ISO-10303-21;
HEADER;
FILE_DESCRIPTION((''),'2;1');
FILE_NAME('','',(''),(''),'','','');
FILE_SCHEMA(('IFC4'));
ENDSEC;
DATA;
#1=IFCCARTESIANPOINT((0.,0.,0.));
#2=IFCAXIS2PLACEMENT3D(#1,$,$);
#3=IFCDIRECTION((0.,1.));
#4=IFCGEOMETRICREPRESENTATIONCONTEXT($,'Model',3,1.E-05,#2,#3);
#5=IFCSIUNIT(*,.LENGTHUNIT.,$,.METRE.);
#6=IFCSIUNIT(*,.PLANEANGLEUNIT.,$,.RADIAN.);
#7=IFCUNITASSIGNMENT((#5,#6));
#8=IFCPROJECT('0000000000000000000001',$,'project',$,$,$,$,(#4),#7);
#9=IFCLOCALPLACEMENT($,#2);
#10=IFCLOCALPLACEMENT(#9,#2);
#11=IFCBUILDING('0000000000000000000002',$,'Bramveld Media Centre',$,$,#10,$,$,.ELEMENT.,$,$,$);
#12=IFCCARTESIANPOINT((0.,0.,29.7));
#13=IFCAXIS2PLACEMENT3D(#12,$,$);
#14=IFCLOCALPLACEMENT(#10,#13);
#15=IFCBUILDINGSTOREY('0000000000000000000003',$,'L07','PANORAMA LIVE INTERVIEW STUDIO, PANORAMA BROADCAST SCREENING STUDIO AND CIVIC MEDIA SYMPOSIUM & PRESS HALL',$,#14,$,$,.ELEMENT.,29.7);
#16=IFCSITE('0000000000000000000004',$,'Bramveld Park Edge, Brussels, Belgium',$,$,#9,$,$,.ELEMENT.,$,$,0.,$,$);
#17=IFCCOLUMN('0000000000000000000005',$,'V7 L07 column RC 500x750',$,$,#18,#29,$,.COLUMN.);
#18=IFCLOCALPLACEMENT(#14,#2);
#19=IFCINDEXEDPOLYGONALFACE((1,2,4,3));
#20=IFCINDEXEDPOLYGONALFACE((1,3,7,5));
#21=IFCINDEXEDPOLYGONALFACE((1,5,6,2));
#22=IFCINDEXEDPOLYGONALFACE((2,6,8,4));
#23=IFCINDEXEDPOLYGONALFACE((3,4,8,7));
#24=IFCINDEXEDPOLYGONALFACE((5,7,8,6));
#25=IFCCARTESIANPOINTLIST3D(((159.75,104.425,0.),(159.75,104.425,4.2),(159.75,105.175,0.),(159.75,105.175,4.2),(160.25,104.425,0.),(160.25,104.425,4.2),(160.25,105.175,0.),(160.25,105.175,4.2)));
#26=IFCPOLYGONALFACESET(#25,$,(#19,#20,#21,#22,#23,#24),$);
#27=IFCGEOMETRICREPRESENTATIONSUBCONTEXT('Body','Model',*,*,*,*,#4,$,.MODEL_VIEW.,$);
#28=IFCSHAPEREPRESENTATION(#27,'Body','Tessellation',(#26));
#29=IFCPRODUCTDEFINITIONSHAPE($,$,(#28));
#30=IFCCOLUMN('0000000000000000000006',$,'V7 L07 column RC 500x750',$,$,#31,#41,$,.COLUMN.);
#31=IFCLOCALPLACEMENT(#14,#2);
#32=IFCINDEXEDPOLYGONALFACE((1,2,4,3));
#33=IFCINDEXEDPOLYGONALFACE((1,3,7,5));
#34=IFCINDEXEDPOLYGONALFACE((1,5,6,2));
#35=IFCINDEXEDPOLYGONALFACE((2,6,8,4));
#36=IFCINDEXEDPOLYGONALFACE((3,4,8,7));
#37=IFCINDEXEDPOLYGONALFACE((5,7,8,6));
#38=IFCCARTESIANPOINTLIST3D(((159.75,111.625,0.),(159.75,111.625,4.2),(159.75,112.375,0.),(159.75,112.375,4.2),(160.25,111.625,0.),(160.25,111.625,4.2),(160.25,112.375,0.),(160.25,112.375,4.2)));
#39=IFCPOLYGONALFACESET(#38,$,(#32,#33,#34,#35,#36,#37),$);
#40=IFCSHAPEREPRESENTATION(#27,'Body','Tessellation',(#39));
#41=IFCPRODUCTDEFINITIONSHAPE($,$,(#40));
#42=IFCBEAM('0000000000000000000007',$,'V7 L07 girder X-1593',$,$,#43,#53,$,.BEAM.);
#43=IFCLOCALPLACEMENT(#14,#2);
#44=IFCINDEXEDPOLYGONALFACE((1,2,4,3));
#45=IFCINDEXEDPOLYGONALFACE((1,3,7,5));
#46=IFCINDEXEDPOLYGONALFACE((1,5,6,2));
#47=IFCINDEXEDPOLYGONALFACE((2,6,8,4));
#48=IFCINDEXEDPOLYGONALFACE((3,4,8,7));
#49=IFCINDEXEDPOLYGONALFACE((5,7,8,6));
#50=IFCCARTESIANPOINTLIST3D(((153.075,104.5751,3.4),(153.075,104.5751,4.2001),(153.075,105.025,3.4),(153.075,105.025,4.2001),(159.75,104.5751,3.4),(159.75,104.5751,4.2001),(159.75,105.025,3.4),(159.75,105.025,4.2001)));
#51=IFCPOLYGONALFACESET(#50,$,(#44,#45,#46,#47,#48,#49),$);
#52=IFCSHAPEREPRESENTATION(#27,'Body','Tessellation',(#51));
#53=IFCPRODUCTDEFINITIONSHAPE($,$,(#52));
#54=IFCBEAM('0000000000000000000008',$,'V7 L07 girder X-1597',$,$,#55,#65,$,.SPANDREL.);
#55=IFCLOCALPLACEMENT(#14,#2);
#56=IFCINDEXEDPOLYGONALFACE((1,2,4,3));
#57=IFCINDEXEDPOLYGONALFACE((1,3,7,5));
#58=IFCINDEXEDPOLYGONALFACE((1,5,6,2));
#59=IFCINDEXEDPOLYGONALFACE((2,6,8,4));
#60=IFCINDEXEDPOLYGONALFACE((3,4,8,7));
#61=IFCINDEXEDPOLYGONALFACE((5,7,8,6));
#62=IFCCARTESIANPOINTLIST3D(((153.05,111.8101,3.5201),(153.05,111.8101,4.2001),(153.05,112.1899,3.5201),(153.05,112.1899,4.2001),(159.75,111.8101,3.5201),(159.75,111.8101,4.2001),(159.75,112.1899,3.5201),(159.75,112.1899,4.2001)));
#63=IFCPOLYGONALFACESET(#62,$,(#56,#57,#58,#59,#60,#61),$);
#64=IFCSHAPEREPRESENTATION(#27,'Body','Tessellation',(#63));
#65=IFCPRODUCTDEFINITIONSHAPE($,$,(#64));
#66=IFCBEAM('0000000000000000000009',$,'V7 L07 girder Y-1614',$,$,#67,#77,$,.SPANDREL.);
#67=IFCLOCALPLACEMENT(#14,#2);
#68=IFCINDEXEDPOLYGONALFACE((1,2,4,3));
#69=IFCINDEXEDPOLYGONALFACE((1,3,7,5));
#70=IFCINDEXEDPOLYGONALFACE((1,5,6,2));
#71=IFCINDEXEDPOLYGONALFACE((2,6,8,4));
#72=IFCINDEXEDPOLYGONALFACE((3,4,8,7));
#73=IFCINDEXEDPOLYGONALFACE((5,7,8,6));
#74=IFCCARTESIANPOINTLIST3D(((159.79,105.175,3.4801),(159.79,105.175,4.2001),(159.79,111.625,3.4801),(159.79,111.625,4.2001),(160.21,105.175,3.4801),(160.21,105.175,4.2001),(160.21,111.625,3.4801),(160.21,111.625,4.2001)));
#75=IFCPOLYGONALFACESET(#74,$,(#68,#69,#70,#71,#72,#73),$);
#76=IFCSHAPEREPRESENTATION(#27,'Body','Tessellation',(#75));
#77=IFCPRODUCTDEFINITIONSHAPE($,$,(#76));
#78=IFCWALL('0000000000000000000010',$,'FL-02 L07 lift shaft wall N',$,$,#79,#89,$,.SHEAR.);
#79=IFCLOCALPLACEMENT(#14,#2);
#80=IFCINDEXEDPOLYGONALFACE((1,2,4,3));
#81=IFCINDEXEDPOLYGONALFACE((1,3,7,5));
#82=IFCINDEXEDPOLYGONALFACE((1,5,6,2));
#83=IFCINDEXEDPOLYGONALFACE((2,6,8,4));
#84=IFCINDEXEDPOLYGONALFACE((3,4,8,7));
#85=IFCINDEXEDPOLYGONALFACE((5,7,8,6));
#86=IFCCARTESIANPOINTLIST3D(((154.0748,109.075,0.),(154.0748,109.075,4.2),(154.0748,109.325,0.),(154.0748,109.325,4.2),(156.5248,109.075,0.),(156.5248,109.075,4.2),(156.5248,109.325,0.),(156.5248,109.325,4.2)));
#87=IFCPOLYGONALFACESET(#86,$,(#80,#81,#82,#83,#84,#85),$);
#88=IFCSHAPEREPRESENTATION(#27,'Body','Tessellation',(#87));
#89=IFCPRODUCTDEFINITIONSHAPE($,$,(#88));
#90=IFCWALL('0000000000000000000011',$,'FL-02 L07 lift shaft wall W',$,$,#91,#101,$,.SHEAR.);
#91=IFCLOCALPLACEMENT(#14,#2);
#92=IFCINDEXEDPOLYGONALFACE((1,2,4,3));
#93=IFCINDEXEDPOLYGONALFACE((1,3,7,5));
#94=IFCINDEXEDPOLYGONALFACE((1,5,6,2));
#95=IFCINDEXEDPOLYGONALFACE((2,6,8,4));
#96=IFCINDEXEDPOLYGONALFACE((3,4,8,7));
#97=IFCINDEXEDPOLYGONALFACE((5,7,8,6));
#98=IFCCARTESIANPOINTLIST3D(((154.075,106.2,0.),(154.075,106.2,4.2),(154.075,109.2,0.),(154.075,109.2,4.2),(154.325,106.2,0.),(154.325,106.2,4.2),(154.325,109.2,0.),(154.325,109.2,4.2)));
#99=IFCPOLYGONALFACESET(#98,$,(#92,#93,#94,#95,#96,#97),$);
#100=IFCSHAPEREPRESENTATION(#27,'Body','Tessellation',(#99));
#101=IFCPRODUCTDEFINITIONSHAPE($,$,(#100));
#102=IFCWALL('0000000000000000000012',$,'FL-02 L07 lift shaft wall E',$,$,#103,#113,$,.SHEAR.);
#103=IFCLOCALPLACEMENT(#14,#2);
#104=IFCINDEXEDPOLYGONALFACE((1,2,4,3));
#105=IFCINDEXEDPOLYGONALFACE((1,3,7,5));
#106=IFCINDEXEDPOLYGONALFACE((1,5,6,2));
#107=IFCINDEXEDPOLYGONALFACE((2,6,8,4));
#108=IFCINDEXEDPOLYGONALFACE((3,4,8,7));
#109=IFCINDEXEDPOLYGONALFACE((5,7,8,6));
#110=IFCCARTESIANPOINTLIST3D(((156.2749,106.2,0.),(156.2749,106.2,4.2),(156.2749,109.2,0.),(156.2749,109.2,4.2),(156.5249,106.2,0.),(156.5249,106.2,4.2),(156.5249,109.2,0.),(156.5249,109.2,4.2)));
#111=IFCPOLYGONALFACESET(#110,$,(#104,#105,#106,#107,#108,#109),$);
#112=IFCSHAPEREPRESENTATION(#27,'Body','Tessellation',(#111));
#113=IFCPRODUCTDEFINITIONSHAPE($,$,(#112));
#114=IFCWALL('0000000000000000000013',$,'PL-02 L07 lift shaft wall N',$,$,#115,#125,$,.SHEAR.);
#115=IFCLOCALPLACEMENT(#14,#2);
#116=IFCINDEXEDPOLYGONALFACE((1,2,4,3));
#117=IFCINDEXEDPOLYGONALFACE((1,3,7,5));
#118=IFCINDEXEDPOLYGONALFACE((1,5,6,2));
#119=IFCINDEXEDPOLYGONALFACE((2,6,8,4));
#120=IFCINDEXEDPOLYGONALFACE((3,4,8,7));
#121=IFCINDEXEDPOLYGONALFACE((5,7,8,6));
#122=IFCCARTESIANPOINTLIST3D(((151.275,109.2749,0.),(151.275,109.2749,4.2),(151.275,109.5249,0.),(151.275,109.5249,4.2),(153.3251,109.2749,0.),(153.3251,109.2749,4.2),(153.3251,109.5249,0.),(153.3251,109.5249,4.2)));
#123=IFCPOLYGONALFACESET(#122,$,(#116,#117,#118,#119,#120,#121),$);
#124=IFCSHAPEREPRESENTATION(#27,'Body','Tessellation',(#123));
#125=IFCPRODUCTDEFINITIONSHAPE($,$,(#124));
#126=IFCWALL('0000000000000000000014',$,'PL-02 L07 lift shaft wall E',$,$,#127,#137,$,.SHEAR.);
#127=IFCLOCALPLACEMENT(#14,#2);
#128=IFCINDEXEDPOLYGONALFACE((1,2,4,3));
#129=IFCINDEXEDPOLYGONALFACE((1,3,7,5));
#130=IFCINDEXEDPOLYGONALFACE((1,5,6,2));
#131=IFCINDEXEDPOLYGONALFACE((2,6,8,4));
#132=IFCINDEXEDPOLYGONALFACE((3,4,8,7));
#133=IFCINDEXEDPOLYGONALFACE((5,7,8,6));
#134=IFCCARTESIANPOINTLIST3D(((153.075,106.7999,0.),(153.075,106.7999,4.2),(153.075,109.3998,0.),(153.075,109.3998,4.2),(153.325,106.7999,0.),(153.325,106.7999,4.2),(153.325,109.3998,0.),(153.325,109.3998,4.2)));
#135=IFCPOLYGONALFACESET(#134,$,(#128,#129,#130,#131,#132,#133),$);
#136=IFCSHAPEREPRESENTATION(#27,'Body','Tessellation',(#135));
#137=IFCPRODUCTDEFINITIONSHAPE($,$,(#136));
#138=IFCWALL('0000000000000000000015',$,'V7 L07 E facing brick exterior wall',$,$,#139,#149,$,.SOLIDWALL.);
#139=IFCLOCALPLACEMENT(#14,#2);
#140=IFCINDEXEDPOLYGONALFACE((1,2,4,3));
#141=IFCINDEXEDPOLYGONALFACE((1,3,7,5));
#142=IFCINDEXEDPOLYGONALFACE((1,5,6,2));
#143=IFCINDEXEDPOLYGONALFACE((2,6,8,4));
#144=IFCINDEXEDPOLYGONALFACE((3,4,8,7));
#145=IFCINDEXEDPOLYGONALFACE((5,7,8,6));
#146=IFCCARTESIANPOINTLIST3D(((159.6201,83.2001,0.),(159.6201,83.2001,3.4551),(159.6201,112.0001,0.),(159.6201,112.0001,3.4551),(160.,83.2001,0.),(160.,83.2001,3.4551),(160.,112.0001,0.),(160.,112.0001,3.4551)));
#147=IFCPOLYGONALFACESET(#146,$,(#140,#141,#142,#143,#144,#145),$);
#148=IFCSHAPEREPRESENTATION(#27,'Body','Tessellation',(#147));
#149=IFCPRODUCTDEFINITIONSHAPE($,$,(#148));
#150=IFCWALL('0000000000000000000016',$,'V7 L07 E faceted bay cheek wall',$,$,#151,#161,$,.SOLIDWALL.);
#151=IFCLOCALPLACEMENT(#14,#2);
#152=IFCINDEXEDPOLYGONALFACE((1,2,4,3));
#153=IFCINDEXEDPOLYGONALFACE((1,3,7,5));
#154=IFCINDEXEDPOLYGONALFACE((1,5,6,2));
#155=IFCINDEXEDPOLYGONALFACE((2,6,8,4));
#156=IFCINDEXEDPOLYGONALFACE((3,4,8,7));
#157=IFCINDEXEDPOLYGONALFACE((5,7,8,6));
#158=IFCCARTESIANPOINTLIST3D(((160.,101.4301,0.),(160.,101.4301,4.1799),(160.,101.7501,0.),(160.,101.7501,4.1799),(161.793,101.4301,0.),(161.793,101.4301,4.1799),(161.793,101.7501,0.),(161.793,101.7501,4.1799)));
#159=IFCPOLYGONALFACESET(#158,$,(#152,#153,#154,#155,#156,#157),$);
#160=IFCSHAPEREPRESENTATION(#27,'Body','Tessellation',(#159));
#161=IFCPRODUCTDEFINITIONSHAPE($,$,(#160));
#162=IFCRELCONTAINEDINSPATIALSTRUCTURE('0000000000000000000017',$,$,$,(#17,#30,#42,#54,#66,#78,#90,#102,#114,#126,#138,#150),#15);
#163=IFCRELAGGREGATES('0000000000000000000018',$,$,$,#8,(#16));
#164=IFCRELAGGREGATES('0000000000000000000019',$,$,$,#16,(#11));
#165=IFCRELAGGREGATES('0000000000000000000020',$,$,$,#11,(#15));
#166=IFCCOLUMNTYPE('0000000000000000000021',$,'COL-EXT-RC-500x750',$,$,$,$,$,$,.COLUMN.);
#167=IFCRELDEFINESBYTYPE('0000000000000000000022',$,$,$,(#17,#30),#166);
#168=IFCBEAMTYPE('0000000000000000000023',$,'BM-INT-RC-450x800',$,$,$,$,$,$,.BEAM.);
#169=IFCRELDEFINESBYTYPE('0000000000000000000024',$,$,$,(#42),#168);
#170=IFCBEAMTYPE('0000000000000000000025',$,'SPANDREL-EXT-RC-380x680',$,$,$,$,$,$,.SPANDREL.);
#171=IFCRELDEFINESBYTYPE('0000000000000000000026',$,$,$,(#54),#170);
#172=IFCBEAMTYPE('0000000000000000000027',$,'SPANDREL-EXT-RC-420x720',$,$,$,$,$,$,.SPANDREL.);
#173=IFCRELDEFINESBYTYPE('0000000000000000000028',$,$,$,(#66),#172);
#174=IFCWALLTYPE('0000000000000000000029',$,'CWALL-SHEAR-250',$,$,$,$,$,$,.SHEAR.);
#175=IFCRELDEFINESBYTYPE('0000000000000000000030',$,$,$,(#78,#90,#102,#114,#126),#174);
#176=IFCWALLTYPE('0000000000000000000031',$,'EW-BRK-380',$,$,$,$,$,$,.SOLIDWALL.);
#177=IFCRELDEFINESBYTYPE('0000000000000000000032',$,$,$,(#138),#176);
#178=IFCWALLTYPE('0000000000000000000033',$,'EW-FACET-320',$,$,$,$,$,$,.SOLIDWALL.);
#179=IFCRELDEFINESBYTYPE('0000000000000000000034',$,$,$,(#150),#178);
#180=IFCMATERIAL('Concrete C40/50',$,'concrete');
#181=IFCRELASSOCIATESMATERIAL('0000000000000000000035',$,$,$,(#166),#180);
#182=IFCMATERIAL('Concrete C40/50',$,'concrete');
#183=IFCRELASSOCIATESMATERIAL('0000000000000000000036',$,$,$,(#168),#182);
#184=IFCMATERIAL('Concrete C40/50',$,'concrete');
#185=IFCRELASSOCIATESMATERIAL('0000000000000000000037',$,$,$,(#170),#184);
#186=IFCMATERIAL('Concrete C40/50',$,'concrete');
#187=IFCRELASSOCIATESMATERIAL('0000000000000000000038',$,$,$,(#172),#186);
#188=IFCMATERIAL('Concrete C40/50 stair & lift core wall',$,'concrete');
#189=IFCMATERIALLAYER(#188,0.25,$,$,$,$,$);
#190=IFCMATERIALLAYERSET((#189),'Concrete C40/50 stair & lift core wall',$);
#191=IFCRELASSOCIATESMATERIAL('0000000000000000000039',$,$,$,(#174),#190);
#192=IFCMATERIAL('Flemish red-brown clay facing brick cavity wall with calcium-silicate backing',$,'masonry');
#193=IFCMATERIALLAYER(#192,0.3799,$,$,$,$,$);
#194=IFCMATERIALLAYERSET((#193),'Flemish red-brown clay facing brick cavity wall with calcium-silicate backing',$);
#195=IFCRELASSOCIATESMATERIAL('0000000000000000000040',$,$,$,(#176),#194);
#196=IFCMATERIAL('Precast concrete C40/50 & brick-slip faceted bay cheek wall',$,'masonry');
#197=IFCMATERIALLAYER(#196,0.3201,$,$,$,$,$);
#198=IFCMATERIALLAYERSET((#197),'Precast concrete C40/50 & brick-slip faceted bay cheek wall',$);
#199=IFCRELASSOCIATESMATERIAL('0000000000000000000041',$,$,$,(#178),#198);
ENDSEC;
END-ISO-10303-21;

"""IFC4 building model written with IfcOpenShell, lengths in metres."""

from ifc_helpers import new_model, si_unit, direction, frame, frame_2d, origin, origin_2d, place, context, subcontext, project, spatial, rectangle, extrude, material, layer, layer_set, material_profile, profile_set, type_object, element, save


model = new_model("IFC4")

# Units and contexts
model_context = context("Model", 3, precision=1e-05, world=origin(), true_north=direction((0.0, 1.0)))
body_context = subcontext(model_context, "Body", "Model", "MODEL_VIEW")
ifc_project = project(units=[si_unit("LENGTHUNIT", "METRE"), si_unit("PLANEANGLEUNIT", "RADIAN")], contexts=[model_context])

# Site, building, storey
site_placement = place(None, origin())
site = spatial("IfcSite", under=ifc_project, at=site_placement, Name="Bramveld Park Edge, Brussels, Belgium", CompositionType="ELEMENT", RefElevation=0.0)
building_placement = place(site_placement, origin())
building = spatial("IfcBuilding", under=site, at=building_placement, Name="Bramveld Media Centre", CompositionType="ELEMENT")
storey_placement = place(building_placement, frame((0.0, 0.0, 29.7)))
storey = spatial("IfcBuildingStorey", under=building, at=storey_placement, Name="L07", Description="PANORAMA LIVE INTERVIEW STUDIO, PANORAMA BROADCAST SCREENING STUDIO AND CIVIC MEDIA SYMPOSIUM & PRESS HALL", CompositionType="ELEMENT", Elevation=29.7)

# Columns
ifc_material_1 = material(Name="Concrete C40/50", Category="concrete")
ifc_material_profile_1 = material_profile(ifc_material_1, rectangle(XDim=0.5, YDim=0.75, at=origin_2d()), Name="RC 500x750")
ifc_profile_set_1 = profile_set([ifc_material_profile_1], Name="Concrete C40/50")
column_type = type_object("IfcColumnType", Name="COL-EXT-RC-500x750", PredefinedType="COLUMN", material=ifc_profile_set_1)
for number, where, z_axis, x_axis, name in (
    (1, (160.0, 104.8, 0.0), (0.0, 0.0, 1.0), (1.0, 0.0, 0.0), "V7 L07 column RC 500x750"),
    (2, (160.0, 112.0, 0.0), (0.0, 0.0, 1.0), (1.0, 0.0, 0.0), "V7 L07 column RC 500x750"),
):
    element("IfcColumn", number, at=place(storey_placement, frame(where, z_axis=z_axis, x_axis=x_axis)), inside=storey, type_object=column_type, Name=name, PredefinedType="COLUMN", context=body_context, shape_type="SweptSolid", body=[
        extrude(rectangle(XDim=0.5, YDim=0.75, at=origin_2d()), origin(), (0.0, 0.0, 1.0), 4.2),
    ])

# Beams
ifc_material_2 = material(Name="Concrete C40/50", Category="concrete")
ifc_material_profile_2 = material_profile(ifc_material_2, rectangle(XDim=0.45, YDim=0.8, at=origin_2d()), Name="RC 450x800")
ifc_profile_set_2 = profile_set([ifc_material_profile_2], Name="Concrete C40/50")
beam_type_1 = type_object("IfcBeamType", Name="BM-INT-RC-450x800", PredefinedType="BEAM", material=ifc_profile_set_2)
beam_1_placement = place(storey_placement, frame((153.075, 104.8, 3.8), z_axis=(1.0, 0.0, 0.0), x_axis=(0.0, 1.0, 0.0)))
element("IfcBeam", 3, at=beam_1_placement, inside=storey, type_object=beam_type_1, Name="V7 L07 girder X-1593", PredefinedType="BEAM", context=body_context, shape_type="SweptSolid", body=[
    extrude(rectangle(XDim=0.45, YDim=0.8, at=origin_2d()), origin(), (0.0, 0.0, 1.0), 6.675),
])
ifc_material_3 = material(Name="Concrete C40/50", Category="concrete")
ifc_material_profile_3 = material_profile(ifc_material_3, rectangle(XDim=0.3799, YDim=0.6799, at=origin_2d()), Name="RC 380x680")
ifc_profile_set_3 = profile_set([ifc_material_profile_3], Name="Concrete C40/50")
beam_type_2 = type_object("IfcBeamType", Name="SPANDREL-EXT-RC-380x680", PredefinedType="SPANDREL", material=ifc_profile_set_3)
beam_2_placement = place(storey_placement, frame((153.05, 112.0, 3.8601), z_axis=(1.0, 0.0, 0.0), x_axis=(0.0, 1.0, 0.0)))
element("IfcBeam", 4, at=beam_2_placement, inside=storey, type_object=beam_type_2, Name="V7 L07 girder X-1597", PredefinedType="SPANDREL", context=body_context, shape_type="SweptSolid", body=[
    extrude(rectangle(XDim=0.3799, YDim=0.6799, at=origin_2d()), origin(), (0.0, 0.0, 1.0), 6.7),
])
ifc_material_4 = material(Name="Concrete C40/50", Category="concrete")
ifc_material_profile_4 = material_profile(ifc_material_4, rectangle(XDim=0.4199, YDim=0.72, at=origin_2d()), Name="RC 420x720")
ifc_profile_set_4 = profile_set([ifc_material_profile_4], Name="Concrete C40/50")
beam_type_3 = type_object("IfcBeamType", Name="SPANDREL-EXT-RC-420x720", PredefinedType="SPANDREL", material=ifc_profile_set_4)
beam_3_placement = place(storey_placement, frame((160.0, 105.175, 3.8401), z_axis=(0.0, 1.0, 0.0), x_axis=(-1.0, 0.0, 0.0)))
element("IfcBeam", 5, at=beam_3_placement, inside=storey, type_object=beam_type_3, Name="V7 L07 girder Y-1614", PredefinedType="SPANDREL", context=body_context, shape_type="SweptSolid", body=[
    extrude(rectangle(XDim=0.4199, YDim=0.72, at=origin_2d()), origin(), (0.0, 0.0, 1.0), 6.45),
])

# Shared definitions
ifc_material_5 = material(Name="Concrete C40/50 stair & lift core wall", Category="concrete")
ifc_layer_1 = layer(ifc_material_5, 0.25)
ifc_layer_set_1 = layer_set([ifc_layer_1], Name="Concrete C40/50 stair & lift core wall")
wall_type_1 = type_object("IfcWallType", Name="CWALL-SHEAR-250", PredefinedType="SHEAR", material=ifc_layer_set_1)

# Walls
wall_1_placement = place(storey_placement, frame((156.5249, 109.2, 0.0), z_axis=(0.0, 0.0, 1.0), x_axis=(-1.0, 0.0, 0.0)))
element("IfcWall", 6, at=wall_1_placement, inside=storey, type_object=wall_type_1, Name="FL-02 L07 lift shaft wall N", PredefinedType="SHEAR", context=body_context, shape_type="SweptSolid", body=[
    extrude(rectangle(XDim=2.45, YDim=0.25, at=frame_2d((1.2251, 0.0))), origin(), (0.0, 0.0, 1.0), 4.2),
])
for number, where, z_axis, x_axis, name in (
    (7, (154.2, 109.2, 0.0), (0.0, 0.0, 1.0), (0.0, -1.0, 0.0), "FL-02 L07 lift shaft wall W"),
    (8, (156.3999, 106.2, 0.0), (0.0, 0.0, 1.0), (0.0, 1.0, 0.0), "FL-02 L07 lift shaft wall E"),
):
    element("IfcWall", number, at=place(storey_placement, frame(where, z_axis=z_axis, x_axis=x_axis)), inside=storey, type_object=wall_type_1, Name=name, PredefinedType="SHEAR", context=body_context, shape_type="SweptSolid", body=[
        extrude(rectangle(XDim=3.0, YDim=0.25, at=frame_2d((1.5, 0.0))), origin(), (0.0, 0.0, 1.0), 4.2),
    ])
wall_2_placement = place(storey_placement, frame((153.325, 109.3999, 0.0), z_axis=(0.0, 0.0, 1.0), x_axis=(-1.0, 0.0, 0.0)))
element("IfcWall", 9, at=wall_2_placement, inside=storey, type_object=wall_type_1, Name="PL-02 L07 lift shaft wall N", PredefinedType="SHEAR", context=body_context, shape_type="SweptSolid", body=[
    extrude(rectangle(XDim=2.05, YDim=0.25, at=frame_2d((1.0249, 0.0))), origin(), (0.0, 0.0, 1.0), 4.2),
])
wall_3_placement = place(storey_placement, frame((153.2, 106.8, 0.0), z_axis=(0.0, 0.0, 1.0), x_axis=(0.0, 1.0, 0.0)))
element("IfcWall", 10, at=wall_3_placement, inside=storey, type_object=wall_type_1, Name="PL-02 L07 lift shaft wall E", PredefinedType="SHEAR", context=body_context, shape_type="SweptSolid", body=[
    extrude(rectangle(XDim=2.5999, YDim=0.25, at=frame_2d((1.2998, 0.0))), origin(), (0.0, 0.0, 1.0), 4.2),
])
ifc_material_6 = material(Name="Flemish red-brown clay facing brick cavity wall with calcium-silicate backing", Category="masonry")
ifc_layer_2 = layer(ifc_material_6, 0.3799)
ifc_layer_set_2 = layer_set([ifc_layer_2], Name="Flemish red-brown clay facing brick cavity wall with calcium-silicate backing")
wall_type_2 = type_object("IfcWallType", Name="EW-BRK-380", PredefinedType="SOLIDWALL", material=ifc_layer_set_2)
wall_4_placement = place(storey_placement, frame((159.8101, 112.0, 0.0), z_axis=(0.0, 0.0, 1.0), x_axis=(0.0, -1.0, 0.0)))
element("IfcWall", 11, at=wall_4_placement, inside=storey, type_object=wall_type_2, Name="V7 L07 E facing brick exterior wall", PredefinedType="SOLIDWALL", context=body_context, shape_type="SweptSolid", body=[
    extrude(rectangle(XDim=28.8, YDim=0.3799, at=frame_2d((14.3999, 0.0))), origin(), (0.0, 0.0, 1.0), 3.4551),
])
ifc_material_7 = material(Name="Precast concrete C40/50 & brick-slip faceted bay cheek wall", Category="masonry")
ifc_layer_3 = layer(ifc_material_7, 0.3201)
ifc_layer_set_3 = layer_set([ifc_layer_3], Name="Precast concrete C40/50 & brick-slip faceted bay cheek wall")
wall_type_3 = type_object("IfcWallType", Name="EW-FACET-320", PredefinedType="SOLIDWALL", material=ifc_layer_set_3)
wall_5_placement = place(storey_placement, frame((160.0, 101.5901, 0.0), z_axis=(0.0, 0.0, 1.0), x_axis=(1.0, 0.0, 0.0)))
element("IfcWall", 12, at=wall_5_placement, inside=storey, type_object=wall_type_3, Name="V7 L07 E faceted bay cheek wall", PredefinedType="SOLIDWALL", context=body_context, shape_type="SweptSolid", body=[
    extrude(rectangle(XDim=1.793, YDim=0.3201, at=frame_2d((0.8965, 0.0))), origin(), (0.0, 0.0, 1.0), 4.1799),
])

save(model, "model.ifc")
